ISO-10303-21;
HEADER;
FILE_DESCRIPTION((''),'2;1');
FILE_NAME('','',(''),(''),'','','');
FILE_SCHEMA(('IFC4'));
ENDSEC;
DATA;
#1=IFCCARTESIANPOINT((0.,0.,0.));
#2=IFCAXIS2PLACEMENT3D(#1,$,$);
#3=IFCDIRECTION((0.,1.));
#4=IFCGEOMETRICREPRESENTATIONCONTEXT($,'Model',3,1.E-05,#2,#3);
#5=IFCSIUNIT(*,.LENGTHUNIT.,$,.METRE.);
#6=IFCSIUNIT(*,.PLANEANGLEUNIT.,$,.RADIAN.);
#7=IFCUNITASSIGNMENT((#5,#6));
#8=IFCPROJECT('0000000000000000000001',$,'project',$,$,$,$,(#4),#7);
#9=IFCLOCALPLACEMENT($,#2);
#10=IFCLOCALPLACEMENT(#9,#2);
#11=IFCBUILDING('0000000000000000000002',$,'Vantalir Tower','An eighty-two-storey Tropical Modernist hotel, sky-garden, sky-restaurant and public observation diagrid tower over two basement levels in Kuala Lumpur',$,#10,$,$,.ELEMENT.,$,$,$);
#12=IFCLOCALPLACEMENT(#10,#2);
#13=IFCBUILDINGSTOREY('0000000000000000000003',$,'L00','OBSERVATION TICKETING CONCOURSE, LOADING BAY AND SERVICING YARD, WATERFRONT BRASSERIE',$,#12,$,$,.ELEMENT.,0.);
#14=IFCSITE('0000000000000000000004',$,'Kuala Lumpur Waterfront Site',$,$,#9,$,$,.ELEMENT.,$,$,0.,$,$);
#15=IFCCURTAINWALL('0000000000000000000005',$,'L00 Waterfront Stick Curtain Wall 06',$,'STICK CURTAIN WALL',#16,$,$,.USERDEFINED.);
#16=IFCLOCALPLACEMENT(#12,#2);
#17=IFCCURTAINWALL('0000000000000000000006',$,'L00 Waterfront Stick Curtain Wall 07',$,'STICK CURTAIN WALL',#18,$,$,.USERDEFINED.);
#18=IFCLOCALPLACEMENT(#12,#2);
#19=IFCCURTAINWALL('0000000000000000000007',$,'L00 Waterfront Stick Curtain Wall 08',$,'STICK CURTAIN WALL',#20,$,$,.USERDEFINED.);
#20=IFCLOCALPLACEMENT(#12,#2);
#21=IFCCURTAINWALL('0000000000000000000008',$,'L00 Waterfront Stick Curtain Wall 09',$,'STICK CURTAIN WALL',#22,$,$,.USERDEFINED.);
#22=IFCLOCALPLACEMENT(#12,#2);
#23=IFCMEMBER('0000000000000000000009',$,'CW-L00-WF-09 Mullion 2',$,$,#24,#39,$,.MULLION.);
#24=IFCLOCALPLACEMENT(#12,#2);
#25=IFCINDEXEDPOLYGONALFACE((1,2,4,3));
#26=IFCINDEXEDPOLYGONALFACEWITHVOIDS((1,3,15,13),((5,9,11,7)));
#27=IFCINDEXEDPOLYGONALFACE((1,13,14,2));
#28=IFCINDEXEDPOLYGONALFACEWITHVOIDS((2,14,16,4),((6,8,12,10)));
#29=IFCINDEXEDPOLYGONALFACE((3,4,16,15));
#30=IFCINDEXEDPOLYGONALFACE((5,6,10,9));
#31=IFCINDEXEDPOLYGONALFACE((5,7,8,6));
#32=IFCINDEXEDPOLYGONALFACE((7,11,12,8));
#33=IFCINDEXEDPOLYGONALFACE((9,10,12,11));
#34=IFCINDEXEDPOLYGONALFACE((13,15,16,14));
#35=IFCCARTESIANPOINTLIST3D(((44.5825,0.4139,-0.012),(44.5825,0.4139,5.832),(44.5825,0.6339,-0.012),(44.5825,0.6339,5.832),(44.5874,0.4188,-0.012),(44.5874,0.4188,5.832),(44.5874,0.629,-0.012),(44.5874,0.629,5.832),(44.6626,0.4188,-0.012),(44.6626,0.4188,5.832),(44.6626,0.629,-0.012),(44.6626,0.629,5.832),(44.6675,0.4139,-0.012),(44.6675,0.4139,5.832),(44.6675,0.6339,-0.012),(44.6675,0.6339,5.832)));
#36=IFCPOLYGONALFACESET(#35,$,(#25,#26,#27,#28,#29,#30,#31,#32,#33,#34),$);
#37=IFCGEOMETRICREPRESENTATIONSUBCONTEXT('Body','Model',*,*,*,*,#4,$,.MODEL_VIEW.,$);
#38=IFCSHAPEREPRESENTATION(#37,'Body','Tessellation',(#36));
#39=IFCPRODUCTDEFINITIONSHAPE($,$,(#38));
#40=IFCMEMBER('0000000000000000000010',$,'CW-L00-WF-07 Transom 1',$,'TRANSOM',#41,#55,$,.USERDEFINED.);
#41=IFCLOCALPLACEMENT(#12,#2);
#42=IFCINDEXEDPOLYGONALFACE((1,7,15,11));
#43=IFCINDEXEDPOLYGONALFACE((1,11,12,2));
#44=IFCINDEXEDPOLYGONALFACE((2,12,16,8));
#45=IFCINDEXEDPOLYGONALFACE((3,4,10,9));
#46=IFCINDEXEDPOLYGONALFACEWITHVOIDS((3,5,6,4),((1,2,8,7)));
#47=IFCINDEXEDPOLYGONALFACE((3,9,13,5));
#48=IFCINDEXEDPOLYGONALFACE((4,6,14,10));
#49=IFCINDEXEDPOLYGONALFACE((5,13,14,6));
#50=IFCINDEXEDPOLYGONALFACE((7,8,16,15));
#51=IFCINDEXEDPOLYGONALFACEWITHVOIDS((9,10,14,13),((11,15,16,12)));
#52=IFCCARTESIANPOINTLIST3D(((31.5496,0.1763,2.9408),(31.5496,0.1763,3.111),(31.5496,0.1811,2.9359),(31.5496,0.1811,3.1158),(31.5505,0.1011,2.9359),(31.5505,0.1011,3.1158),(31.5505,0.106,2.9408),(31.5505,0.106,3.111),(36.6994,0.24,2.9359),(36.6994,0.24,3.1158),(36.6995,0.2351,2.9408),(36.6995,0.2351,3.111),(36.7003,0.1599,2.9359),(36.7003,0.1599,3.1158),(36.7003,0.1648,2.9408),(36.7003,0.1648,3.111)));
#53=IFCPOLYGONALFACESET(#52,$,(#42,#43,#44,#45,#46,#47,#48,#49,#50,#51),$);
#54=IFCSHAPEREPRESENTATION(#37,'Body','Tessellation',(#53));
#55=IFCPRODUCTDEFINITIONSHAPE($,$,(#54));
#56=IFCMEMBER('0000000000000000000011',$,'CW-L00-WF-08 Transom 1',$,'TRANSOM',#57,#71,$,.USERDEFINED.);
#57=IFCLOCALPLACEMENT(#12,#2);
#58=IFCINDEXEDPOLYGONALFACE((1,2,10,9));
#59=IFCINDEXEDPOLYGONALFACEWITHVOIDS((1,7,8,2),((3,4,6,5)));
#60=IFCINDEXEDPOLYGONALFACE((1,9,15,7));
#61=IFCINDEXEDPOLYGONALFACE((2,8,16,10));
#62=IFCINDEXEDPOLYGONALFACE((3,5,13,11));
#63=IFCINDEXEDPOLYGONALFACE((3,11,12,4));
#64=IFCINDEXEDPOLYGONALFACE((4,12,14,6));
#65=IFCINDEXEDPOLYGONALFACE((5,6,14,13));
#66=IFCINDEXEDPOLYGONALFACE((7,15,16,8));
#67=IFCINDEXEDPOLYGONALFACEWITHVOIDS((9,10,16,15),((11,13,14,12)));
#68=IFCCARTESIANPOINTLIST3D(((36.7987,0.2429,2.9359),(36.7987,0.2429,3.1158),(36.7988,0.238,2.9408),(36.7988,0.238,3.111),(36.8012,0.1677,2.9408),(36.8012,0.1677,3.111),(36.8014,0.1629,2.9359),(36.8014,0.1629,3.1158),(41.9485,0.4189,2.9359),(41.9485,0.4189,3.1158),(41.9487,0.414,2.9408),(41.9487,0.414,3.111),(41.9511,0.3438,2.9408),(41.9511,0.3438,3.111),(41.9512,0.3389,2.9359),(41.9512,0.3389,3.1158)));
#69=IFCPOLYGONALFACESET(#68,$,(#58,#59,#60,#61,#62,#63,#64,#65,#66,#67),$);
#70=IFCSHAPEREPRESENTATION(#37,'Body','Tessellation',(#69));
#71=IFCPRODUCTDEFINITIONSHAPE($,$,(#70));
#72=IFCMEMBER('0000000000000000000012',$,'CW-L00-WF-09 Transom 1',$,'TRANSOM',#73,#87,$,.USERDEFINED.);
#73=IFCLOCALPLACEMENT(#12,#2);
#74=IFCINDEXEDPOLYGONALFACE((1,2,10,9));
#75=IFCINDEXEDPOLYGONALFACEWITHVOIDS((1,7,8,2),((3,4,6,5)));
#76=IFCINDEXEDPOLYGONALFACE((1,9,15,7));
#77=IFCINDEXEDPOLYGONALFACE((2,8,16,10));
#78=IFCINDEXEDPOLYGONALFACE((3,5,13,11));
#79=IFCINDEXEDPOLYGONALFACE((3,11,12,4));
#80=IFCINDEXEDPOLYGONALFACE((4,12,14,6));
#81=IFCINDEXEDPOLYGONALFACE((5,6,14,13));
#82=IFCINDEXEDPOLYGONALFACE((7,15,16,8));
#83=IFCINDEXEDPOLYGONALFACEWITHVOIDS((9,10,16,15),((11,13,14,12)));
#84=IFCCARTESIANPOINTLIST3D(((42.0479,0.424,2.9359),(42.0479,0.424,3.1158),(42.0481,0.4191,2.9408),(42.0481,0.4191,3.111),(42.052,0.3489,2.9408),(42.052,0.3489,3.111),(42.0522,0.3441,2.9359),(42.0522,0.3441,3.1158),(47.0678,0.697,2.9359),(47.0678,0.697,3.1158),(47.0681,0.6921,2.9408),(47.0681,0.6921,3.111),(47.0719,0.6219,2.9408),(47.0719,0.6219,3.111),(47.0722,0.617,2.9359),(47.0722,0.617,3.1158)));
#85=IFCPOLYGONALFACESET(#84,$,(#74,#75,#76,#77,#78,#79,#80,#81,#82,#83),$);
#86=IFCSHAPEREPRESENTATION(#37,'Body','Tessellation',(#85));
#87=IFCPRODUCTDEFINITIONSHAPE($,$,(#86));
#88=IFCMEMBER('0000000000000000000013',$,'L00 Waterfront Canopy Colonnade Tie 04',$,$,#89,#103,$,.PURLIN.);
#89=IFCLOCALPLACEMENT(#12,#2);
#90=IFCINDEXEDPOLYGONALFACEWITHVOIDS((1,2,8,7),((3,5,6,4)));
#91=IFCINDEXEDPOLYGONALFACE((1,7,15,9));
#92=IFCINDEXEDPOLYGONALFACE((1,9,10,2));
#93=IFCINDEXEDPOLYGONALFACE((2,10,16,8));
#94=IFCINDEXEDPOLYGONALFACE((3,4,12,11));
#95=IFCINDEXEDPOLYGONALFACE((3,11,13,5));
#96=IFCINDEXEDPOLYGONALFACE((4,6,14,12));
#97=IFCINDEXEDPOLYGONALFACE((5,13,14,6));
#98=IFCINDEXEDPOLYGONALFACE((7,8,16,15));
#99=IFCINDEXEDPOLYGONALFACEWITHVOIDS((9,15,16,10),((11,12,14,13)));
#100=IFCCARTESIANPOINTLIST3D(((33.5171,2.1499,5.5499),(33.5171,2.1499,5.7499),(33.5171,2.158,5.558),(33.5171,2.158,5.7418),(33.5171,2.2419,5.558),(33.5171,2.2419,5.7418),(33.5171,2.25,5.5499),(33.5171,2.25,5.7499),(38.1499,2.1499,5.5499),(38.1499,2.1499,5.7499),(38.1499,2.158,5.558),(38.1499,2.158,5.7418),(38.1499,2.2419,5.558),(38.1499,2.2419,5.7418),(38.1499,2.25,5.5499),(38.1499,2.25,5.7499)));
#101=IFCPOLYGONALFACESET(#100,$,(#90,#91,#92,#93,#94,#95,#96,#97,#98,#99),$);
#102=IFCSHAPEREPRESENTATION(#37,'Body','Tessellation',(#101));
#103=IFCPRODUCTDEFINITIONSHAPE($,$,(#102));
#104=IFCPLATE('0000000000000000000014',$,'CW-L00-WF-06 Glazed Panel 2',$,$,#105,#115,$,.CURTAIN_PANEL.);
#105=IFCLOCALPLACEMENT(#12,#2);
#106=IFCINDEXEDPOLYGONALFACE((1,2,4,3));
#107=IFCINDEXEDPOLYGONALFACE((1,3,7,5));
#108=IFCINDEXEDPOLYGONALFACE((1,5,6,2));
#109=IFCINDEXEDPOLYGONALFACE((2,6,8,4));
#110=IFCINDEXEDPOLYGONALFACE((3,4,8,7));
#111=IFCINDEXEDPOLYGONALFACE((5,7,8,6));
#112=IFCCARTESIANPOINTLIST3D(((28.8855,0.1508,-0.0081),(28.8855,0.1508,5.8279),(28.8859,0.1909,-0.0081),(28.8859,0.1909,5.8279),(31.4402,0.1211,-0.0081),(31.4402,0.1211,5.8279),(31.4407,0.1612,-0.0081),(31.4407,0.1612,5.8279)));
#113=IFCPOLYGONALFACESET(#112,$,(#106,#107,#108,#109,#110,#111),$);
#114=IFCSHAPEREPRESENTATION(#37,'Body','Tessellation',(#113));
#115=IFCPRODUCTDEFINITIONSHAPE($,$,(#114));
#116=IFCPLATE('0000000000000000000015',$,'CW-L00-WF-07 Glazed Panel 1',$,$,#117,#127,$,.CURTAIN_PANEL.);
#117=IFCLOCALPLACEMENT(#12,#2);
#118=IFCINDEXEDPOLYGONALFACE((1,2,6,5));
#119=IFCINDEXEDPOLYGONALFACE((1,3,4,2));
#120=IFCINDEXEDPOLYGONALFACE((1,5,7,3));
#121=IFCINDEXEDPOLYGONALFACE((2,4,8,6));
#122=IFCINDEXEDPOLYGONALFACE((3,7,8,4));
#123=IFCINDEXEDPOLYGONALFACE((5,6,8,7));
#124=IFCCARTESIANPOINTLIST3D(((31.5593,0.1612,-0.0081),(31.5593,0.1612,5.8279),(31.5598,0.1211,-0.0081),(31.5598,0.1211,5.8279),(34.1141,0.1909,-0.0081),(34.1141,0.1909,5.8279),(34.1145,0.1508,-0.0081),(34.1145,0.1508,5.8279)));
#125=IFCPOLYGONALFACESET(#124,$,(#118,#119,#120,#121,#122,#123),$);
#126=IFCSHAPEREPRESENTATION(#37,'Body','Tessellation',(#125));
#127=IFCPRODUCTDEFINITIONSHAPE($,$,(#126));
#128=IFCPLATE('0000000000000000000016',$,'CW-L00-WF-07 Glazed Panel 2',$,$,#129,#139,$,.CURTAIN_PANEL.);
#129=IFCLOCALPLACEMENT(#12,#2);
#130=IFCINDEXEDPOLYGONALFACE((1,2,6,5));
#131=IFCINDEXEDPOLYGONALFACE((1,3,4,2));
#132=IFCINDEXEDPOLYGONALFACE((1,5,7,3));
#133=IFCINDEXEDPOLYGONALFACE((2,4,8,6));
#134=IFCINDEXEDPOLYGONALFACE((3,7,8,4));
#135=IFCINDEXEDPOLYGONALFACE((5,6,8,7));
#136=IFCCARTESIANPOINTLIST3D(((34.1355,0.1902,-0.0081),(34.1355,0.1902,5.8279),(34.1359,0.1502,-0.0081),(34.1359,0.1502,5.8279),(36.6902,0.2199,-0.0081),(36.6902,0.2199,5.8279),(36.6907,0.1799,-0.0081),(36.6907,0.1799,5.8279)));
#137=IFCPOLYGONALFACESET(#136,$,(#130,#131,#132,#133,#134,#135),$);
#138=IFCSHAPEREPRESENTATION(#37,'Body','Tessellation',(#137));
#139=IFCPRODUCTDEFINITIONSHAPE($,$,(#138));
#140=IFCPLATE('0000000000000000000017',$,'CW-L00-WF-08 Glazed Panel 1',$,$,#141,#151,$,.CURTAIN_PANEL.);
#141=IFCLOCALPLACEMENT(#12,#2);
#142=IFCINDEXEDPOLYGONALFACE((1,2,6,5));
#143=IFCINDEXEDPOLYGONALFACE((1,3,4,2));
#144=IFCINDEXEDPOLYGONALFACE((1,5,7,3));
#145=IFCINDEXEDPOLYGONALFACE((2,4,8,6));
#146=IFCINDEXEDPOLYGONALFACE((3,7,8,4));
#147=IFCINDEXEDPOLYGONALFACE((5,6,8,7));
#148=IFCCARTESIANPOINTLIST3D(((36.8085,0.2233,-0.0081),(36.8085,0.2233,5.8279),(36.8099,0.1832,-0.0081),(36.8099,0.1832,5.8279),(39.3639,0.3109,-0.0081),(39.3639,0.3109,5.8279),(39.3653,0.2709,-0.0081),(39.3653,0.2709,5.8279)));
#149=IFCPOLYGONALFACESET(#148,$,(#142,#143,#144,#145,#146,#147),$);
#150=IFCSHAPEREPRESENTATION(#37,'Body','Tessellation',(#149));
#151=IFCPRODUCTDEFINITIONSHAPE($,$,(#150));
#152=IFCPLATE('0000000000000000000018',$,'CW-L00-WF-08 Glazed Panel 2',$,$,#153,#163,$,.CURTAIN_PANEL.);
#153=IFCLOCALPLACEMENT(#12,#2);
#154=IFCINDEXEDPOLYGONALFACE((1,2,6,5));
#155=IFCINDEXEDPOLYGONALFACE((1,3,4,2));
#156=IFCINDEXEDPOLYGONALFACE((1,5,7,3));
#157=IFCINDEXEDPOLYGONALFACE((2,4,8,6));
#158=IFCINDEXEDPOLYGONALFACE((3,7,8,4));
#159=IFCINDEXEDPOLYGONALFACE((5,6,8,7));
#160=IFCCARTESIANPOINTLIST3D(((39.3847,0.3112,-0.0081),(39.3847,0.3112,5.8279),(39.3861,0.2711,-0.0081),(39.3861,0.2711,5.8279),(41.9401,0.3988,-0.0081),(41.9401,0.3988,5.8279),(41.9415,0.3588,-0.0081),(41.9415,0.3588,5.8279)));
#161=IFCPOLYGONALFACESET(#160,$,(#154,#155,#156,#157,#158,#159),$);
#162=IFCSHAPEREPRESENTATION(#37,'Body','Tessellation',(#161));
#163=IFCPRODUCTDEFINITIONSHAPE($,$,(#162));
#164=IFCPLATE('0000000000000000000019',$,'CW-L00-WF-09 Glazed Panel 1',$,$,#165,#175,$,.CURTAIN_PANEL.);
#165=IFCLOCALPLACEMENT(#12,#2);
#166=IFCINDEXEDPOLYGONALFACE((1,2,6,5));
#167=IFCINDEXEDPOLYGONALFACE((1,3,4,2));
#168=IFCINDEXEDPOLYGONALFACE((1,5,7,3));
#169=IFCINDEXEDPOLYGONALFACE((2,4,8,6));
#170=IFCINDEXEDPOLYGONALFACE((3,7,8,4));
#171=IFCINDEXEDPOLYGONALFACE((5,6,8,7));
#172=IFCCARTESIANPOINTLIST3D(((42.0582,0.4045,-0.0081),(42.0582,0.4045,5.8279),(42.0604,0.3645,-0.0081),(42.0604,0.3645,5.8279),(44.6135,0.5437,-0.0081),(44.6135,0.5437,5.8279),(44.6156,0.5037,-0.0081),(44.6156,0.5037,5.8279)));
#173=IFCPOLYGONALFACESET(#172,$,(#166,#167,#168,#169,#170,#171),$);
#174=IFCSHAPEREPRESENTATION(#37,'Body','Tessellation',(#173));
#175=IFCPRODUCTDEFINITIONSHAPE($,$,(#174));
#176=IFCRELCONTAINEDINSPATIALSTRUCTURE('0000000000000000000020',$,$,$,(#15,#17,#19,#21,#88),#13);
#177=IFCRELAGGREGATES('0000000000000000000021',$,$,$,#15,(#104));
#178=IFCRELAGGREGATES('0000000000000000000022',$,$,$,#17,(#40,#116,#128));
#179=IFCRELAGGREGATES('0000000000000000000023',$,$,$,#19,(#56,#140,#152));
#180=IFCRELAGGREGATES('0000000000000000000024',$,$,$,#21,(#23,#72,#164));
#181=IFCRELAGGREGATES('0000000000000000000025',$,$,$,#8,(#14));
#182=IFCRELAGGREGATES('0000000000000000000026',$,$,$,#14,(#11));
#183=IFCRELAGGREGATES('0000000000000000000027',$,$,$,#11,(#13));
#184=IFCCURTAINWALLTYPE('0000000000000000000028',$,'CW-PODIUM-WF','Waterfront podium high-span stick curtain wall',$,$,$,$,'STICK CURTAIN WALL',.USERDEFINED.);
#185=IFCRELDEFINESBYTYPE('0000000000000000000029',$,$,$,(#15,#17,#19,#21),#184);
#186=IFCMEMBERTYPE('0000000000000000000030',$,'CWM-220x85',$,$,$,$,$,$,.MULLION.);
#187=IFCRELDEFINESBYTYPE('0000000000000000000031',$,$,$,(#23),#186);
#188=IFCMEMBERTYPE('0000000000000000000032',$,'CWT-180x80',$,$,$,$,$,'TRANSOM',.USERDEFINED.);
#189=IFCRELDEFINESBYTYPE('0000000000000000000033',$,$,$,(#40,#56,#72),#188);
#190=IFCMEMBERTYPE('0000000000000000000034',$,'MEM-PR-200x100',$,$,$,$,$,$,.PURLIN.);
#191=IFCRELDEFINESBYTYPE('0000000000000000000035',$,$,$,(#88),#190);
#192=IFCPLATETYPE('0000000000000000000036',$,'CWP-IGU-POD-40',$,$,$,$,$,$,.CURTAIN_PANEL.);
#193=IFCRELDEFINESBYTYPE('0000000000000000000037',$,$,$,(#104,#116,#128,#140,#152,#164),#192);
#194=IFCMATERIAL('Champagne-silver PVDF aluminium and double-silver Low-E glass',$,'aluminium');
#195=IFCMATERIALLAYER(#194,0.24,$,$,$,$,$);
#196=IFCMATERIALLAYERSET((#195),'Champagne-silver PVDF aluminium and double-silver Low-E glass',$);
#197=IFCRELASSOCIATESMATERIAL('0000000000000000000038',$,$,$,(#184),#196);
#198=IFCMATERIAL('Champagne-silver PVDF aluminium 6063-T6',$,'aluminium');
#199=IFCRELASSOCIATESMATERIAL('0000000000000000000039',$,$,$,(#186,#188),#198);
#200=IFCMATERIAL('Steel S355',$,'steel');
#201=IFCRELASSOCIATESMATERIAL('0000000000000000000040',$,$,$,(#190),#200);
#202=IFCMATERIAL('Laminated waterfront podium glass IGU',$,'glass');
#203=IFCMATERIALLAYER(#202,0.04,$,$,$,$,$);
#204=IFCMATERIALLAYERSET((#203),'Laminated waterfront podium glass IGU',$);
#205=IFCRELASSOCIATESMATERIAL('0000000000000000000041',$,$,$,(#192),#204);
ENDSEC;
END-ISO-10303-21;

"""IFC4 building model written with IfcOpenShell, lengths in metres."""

from ifc_helpers import new_model, si_unit, direction, frame, origin, origin_2d, place, context, subcontext, project, spatial, rectangle, hollow_rectangle, extrude, material, layer, layer_set, material_profile, profile_set, type_object, element, aggregate, save


model = new_model("IFC4")

# Units and contexts
model_context = context("Model", 3, precision=1e-05, world=origin(), true_north=direction((0.0, 1.0)))
body_context = subcontext(model_context, "Body", "Model", "MODEL_VIEW")
ifc_project = project(units=[si_unit("LENGTHUNIT", "METRE"), si_unit("PLANEANGLEUNIT", "RADIAN")], contexts=[model_context])

# Site, building, storey
site_placement = place(None, origin())
site = spatial("IfcSite", under=ifc_project, at=site_placement, Name="Kuala Lumpur Waterfront Site", CompositionType="ELEMENT", RefElevation=0.0)
building_placement = place(site_placement, origin())
building = spatial("IfcBuilding", under=site, at=building_placement, Name="Vantalir Tower", Description="An eighty-two-storey Tropical Modernist hotel, sky-garden, sky-restaurant and public observation diagrid tower over two basement levels in Kuala Lumpur", CompositionType="ELEMENT")
storey_placement = place(building_placement, origin())
storey = spatial("IfcBuildingStorey", under=building, at=storey_placement, Name="L00", Description="OBSERVATION TICKETING CONCOURSE, LOADING BAY AND SERVICING YARD, WATERFRONT BRASSERIE", CompositionType="ELEMENT", Elevation=0.0)

# Curtain walls, member
ifc_material_1 = material(Name="Champagne-silver PVDF aluminium and double-silver Low-E glass", Category="aluminium")
ifc_layer_1 = layer(ifc_material_1, 0.24)
ifc_layer_set_1 = layer_set([ifc_layer_1], Name="Champagne-silver PVDF aluminium and double-silver Low-E glass")
curtain_wall_type = type_object("IfcCurtainWallType", Name="CW-PODIUM-WF", Description="Waterfront podium high-span stick curtain wall", ElementType="STICK CURTAIN WALL", PredefinedType="USERDEFINED", material=ifc_layer_set_1)
curtain_wall_1_placement = place(storey_placement, origin())
curtain_wall_1 = element("IfcCurtainWall", 1, at=curtain_wall_1_placement, inside=storey, type_object=curtain_wall_type, Name="L00 Waterfront Stick Curtain Wall 06", ObjectType="STICK CURTAIN WALL", PredefinedType="USERDEFINED")
ifc_material_2 = material(Name="Champagne-silver PVDF aluminium 6063-T6", Category="aluminium")
ifc_material_profile_1 = material_profile(ifc_material_2, hollow_rectangle(XDim=0.085, YDim=0.22, WallThickness=0.0049, at=origin_2d()), Name="Champagne-silver PVDF aluminium 6063-T6")
ifc_profile_set_1 = profile_set([ifc_material_profile_1], Name="Champagne-silver PVDF aluminium 6063-T6")
member_type_1 = type_object("IfcMemberType", Name="CWM-220x85", PredefinedType="MULLION", material=ifc_profile_set_1)
curtain_wall_2_placement = place(storey_placement, origin())
curtain_wall_2 = element("IfcCurtainWall", 2, at=curtain_wall_2_placement, inside=storey, type_object=curtain_wall_type, Name="L00 Waterfront Stick Curtain Wall 07", ObjectType="STICK CURTAIN WALL", PredefinedType="USERDEFINED")
curtain_wall_3_placement = place(storey_placement, origin())
curtain_wall_3 = element("IfcCurtainWall", 3, at=curtain_wall_3_placement, inside=storey, type_object=curtain_wall_type, Name="L00 Waterfront Stick Curtain Wall 08", ObjectType="STICK CURTAIN WALL", PredefinedType="USERDEFINED")
curtain_wall_4_placement = place(storey_placement, origin())
curtain_wall_4 = element("IfcCurtainWall", 4, at=curtain_wall_4_placement, inside=storey, type_object=curtain_wall_type, Name="L00 Waterfront Stick Curtain Wall 09", ObjectType="STICK CURTAIN WALL", PredefinedType="USERDEFINED")
member_1_placement = place(storey_placement, frame((44.625, 0.5239, -0.012), z_axis=(0.0, 0.0, 1.0), x_axis=(1.0, 0.0, 0.0)))
member_1 = element("IfcMember", 5, at=member_1_placement, type_object=member_type_1, Name="CW-L00-WF-09 Mullion 2", PredefinedType="MULLION", context=body_context, shape_type="SweptSolid", body=[
    extrude(hollow_rectangle(XDim=0.085, YDim=0.22, WallThickness=0.0049, at=origin_2d()), origin(), (0.0, 0.0, 1.0), 5.844),
])

# Members
ifc_material_profile_2 = material_profile(ifc_material_2, hollow_rectangle(XDim=0.0801, YDim=0.1799, WallThickness=0.0049, at=origin_2d()), Name="Champagne-silver PVDF aluminium 6063-T6")
ifc_profile_set_2 = profile_set([ifc_material_profile_2], Name="Champagne-silver PVDF aluminium 6063-T6")
member_type_2 = type_object("IfcMemberType", Name="CWT-180x80", ElementType="TRANSOM", PredefinedType="USERDEFINED", material=ifc_profile_set_2)
member_2_placement = place(storey_placement, frame((31.55, 0.1411, 3.0259), z_axis=(0.999935, 0.011424, 0.0), x_axis=(-0.011424, 0.999935, 0.0)))
member_2 = element("IfcMember", 6, at=member_2_placement, type_object=member_type_2, Name="CW-L00-WF-07 Transom 1", ObjectType="TRANSOM", PredefinedType="USERDEFINED", context=body_context, shape_type="SweptSolid", body=[
    extrude(hollow_rectangle(XDim=0.0801, YDim=0.1799, WallThickness=0.0049, at=origin_2d()), origin(), (0.0, 0.0, 1.0), 5.1501),
])
member_3_placement = place(storey_placement, frame((36.8, 0.2029, 3.0259), z_axis=(0.999416, 0.03416, 0.0), x_axis=(-0.03416, 0.999416, 0.0)))
member_3 = element("IfcMember", 7, at=member_3_placement, type_object=member_type_2, Name="CW-L00-WF-08 Transom 1", ObjectType="TRANSOM", PredefinedType="USERDEFINED", context=body_context, shape_type="SweptSolid", body=[
    extrude(hollow_rectangle(XDim=0.0801, YDim=0.1799, WallThickness=0.0049, at=origin_2d()), origin(), (0.0, 0.0, 1.0), 5.1528),
])
member_4_placement = place(storey_placement, frame((42.05, 0.384, 3.0259), z_axis=(0.998525, 0.054292, 0.0), x_axis=(-0.054292, 0.998525, 0.0)))
member_4 = element("IfcMember", 8, at=member_4_placement, type_object=member_type_2, Name="CW-L00-WF-09 Transom 1", ObjectType="TRANSOM", PredefinedType="USERDEFINED", context=body_context, shape_type="SweptSolid", body=[
    extrude(hollow_rectangle(XDim=0.0801, YDim=0.1799, WallThickness=0.0049, at=origin_2d()), origin(), (0.0, 0.0, 1.0), 5.0273),
])
ifc_material_3 = material(Name="Steel S355", Category="steel")
ifc_material_profile_3 = material_profile(ifc_material_3, hollow_rectangle(XDim=0.1001, YDim=0.2, WallThickness=0.0081, at=origin_2d()), Name="Steel S355")
ifc_profile_set_3 = profile_set([ifc_material_profile_3], Name="Steel S355")
member_type_3 = type_object("IfcMemberType", Name="MEM-PR-200x100", PredefinedType="PURLIN", material=ifc_profile_set_3)
member_5_placement = place(storey_placement, frame((33.5171, 2.2, 5.6499), z_axis=(1.0, 0.0, 0.0), x_axis=(0.0, 1.0, 0.0)))
element("IfcMember", 9, at=member_5_placement, inside=storey, type_object=member_type_3, Name="L00 Waterfront Canopy Colonnade Tie 04", PredefinedType="PURLIN", context=body_context, shape_type="SweptSolid", body=[
    extrude(hollow_rectangle(XDim=0.1001, YDim=0.2, WallThickness=0.0081, at=origin_2d()), origin(), (0.0, 0.0, 1.0), 4.6328),
])

# Plates
ifc_material_4 = material(Name="Laminated waterfront podium glass IGU", Category="glass")
ifc_layer_2 = layer(ifc_material_4, 0.04)
ifc_layer_set_2 = layer_set([ifc_layer_2], Name="Laminated waterfront podium glass IGU")
plate_type = type_object("IfcPlateType", Name="CWP-IGU-POD-40", PredefinedType="CURTAIN_PANEL", material=ifc_layer_set_2)
plate_1_placement = place(storey_placement, frame((30.1631, 0.156, -0.0081), z_axis=(0.0, 0.0, 1.0), x_axis=(0.999932, -0.011624, 0.0)))
plate_1 = element("IfcPlate", 10, at=plate_1_placement, type_object=plate_type, Name="CW-L00-WF-06 Glazed Panel 2", PredefinedType="CURTAIN_PANEL", context=body_context, shape_type="SweptSolid", body=[
    extrude(rectangle(XDim=2.5549, YDim=0.04, at=origin_2d()), origin(), (0.0, 0.0, 1.0), 5.8359),
])
aggregate(curtain_wall_1, [plate_1])
plate_2_placement = place(storey_placement, frame((32.8369, 0.156, -0.0081), z_axis=(0.0, 0.0, 1.0), x_axis=(0.999932, 0.011624, 0.0)))
plate_2 = element("IfcPlate", 11, at=plate_2_placement, type_object=plate_type, Name="CW-L00-WF-07 Glazed Panel 1", PredefinedType="CURTAIN_PANEL", context=body_context, shape_type="SweptSolid", body=[
    extrude(rectangle(XDim=2.5549, YDim=0.04, at=origin_2d()), origin(), (0.0, 0.0, 1.0), 5.8359),
])
plate_3_placement = place(storey_placement, frame((35.4131, 0.1851, -0.0081), z_axis=(0.0, 0.0, 1.0), x_axis=(0.999932, 0.011624, 0.0)))
plate_3 = element("IfcPlate", 12, at=plate_3_placement, type_object=plate_type, Name="CW-L00-WF-07 Glazed Panel 2", PredefinedType="CURTAIN_PANEL", context=body_context, shape_type="SweptSolid", body=[
    extrude(rectangle(XDim=2.5549, YDim=0.04, at=origin_2d()), origin(), (0.0, 0.0, 1.0), 5.8359),
])
aggregate(curtain_wall_2, [member_2, plate_2, plate_3])
plate_4_placement = place(storey_placement, frame((38.0869, 0.2471, -0.0081), z_axis=(0.0, 0.0, 1.0), x_axis=(0.999413, 0.034272, 0.0)))
plate_4 = element("IfcPlate", 13, at=plate_4_placement, type_object=plate_type, Name="CW-L00-WF-08 Glazed Panel 1", PredefinedType="CURTAIN_PANEL", context=body_context, shape_type="SweptSolid", body=[
    extrude(rectangle(XDim=2.5569, YDim=0.04, at=origin_2d()), origin(), (0.0, 0.0, 1.0), 5.8359),
])
plate_5_placement = place(storey_placement, frame((40.6631, 0.335, -0.0081), z_axis=(0.0, 0.0, 1.0), x_axis=(0.999413, 0.034272, 0.0)))
plate_5 = element("IfcPlate", 14, at=plate_5_placement, type_object=plate_type, Name="CW-L00-WF-08 Glazed Panel 2", PredefinedType="CURTAIN_PANEL", context=body_context, shape_type="SweptSolid", body=[
    extrude(rectangle(XDim=2.5569, YDim=0.04, at=origin_2d()), origin(), (0.0, 0.0, 1.0), 5.8359),
])
aggregate(curtain_wall_3, [member_3, plate_4, plate_5])
plate_6_placement = place(storey_placement, frame((43.3369, 0.4541, -0.0081), z_axis=(0.0, 0.0, 1.0), x_axis=(0.99852, 0.054393, 0.0)))
plate_6 = element("IfcPlate", 15, at=plate_6_placement, type_object=plate_type, Name="CW-L00-WF-09 Glazed Panel 1", PredefinedType="CURTAIN_PANEL", context=body_context, shape_type="SweptSolid", body=[
    extrude(rectangle(XDim=2.5591, YDim=0.04, at=origin_2d()), origin(), (0.0, 0.0, 1.0), 5.8359),
])
aggregate(curtain_wall_4, [member_1, member_4, plate_6])

save(model, "model.ifc")
